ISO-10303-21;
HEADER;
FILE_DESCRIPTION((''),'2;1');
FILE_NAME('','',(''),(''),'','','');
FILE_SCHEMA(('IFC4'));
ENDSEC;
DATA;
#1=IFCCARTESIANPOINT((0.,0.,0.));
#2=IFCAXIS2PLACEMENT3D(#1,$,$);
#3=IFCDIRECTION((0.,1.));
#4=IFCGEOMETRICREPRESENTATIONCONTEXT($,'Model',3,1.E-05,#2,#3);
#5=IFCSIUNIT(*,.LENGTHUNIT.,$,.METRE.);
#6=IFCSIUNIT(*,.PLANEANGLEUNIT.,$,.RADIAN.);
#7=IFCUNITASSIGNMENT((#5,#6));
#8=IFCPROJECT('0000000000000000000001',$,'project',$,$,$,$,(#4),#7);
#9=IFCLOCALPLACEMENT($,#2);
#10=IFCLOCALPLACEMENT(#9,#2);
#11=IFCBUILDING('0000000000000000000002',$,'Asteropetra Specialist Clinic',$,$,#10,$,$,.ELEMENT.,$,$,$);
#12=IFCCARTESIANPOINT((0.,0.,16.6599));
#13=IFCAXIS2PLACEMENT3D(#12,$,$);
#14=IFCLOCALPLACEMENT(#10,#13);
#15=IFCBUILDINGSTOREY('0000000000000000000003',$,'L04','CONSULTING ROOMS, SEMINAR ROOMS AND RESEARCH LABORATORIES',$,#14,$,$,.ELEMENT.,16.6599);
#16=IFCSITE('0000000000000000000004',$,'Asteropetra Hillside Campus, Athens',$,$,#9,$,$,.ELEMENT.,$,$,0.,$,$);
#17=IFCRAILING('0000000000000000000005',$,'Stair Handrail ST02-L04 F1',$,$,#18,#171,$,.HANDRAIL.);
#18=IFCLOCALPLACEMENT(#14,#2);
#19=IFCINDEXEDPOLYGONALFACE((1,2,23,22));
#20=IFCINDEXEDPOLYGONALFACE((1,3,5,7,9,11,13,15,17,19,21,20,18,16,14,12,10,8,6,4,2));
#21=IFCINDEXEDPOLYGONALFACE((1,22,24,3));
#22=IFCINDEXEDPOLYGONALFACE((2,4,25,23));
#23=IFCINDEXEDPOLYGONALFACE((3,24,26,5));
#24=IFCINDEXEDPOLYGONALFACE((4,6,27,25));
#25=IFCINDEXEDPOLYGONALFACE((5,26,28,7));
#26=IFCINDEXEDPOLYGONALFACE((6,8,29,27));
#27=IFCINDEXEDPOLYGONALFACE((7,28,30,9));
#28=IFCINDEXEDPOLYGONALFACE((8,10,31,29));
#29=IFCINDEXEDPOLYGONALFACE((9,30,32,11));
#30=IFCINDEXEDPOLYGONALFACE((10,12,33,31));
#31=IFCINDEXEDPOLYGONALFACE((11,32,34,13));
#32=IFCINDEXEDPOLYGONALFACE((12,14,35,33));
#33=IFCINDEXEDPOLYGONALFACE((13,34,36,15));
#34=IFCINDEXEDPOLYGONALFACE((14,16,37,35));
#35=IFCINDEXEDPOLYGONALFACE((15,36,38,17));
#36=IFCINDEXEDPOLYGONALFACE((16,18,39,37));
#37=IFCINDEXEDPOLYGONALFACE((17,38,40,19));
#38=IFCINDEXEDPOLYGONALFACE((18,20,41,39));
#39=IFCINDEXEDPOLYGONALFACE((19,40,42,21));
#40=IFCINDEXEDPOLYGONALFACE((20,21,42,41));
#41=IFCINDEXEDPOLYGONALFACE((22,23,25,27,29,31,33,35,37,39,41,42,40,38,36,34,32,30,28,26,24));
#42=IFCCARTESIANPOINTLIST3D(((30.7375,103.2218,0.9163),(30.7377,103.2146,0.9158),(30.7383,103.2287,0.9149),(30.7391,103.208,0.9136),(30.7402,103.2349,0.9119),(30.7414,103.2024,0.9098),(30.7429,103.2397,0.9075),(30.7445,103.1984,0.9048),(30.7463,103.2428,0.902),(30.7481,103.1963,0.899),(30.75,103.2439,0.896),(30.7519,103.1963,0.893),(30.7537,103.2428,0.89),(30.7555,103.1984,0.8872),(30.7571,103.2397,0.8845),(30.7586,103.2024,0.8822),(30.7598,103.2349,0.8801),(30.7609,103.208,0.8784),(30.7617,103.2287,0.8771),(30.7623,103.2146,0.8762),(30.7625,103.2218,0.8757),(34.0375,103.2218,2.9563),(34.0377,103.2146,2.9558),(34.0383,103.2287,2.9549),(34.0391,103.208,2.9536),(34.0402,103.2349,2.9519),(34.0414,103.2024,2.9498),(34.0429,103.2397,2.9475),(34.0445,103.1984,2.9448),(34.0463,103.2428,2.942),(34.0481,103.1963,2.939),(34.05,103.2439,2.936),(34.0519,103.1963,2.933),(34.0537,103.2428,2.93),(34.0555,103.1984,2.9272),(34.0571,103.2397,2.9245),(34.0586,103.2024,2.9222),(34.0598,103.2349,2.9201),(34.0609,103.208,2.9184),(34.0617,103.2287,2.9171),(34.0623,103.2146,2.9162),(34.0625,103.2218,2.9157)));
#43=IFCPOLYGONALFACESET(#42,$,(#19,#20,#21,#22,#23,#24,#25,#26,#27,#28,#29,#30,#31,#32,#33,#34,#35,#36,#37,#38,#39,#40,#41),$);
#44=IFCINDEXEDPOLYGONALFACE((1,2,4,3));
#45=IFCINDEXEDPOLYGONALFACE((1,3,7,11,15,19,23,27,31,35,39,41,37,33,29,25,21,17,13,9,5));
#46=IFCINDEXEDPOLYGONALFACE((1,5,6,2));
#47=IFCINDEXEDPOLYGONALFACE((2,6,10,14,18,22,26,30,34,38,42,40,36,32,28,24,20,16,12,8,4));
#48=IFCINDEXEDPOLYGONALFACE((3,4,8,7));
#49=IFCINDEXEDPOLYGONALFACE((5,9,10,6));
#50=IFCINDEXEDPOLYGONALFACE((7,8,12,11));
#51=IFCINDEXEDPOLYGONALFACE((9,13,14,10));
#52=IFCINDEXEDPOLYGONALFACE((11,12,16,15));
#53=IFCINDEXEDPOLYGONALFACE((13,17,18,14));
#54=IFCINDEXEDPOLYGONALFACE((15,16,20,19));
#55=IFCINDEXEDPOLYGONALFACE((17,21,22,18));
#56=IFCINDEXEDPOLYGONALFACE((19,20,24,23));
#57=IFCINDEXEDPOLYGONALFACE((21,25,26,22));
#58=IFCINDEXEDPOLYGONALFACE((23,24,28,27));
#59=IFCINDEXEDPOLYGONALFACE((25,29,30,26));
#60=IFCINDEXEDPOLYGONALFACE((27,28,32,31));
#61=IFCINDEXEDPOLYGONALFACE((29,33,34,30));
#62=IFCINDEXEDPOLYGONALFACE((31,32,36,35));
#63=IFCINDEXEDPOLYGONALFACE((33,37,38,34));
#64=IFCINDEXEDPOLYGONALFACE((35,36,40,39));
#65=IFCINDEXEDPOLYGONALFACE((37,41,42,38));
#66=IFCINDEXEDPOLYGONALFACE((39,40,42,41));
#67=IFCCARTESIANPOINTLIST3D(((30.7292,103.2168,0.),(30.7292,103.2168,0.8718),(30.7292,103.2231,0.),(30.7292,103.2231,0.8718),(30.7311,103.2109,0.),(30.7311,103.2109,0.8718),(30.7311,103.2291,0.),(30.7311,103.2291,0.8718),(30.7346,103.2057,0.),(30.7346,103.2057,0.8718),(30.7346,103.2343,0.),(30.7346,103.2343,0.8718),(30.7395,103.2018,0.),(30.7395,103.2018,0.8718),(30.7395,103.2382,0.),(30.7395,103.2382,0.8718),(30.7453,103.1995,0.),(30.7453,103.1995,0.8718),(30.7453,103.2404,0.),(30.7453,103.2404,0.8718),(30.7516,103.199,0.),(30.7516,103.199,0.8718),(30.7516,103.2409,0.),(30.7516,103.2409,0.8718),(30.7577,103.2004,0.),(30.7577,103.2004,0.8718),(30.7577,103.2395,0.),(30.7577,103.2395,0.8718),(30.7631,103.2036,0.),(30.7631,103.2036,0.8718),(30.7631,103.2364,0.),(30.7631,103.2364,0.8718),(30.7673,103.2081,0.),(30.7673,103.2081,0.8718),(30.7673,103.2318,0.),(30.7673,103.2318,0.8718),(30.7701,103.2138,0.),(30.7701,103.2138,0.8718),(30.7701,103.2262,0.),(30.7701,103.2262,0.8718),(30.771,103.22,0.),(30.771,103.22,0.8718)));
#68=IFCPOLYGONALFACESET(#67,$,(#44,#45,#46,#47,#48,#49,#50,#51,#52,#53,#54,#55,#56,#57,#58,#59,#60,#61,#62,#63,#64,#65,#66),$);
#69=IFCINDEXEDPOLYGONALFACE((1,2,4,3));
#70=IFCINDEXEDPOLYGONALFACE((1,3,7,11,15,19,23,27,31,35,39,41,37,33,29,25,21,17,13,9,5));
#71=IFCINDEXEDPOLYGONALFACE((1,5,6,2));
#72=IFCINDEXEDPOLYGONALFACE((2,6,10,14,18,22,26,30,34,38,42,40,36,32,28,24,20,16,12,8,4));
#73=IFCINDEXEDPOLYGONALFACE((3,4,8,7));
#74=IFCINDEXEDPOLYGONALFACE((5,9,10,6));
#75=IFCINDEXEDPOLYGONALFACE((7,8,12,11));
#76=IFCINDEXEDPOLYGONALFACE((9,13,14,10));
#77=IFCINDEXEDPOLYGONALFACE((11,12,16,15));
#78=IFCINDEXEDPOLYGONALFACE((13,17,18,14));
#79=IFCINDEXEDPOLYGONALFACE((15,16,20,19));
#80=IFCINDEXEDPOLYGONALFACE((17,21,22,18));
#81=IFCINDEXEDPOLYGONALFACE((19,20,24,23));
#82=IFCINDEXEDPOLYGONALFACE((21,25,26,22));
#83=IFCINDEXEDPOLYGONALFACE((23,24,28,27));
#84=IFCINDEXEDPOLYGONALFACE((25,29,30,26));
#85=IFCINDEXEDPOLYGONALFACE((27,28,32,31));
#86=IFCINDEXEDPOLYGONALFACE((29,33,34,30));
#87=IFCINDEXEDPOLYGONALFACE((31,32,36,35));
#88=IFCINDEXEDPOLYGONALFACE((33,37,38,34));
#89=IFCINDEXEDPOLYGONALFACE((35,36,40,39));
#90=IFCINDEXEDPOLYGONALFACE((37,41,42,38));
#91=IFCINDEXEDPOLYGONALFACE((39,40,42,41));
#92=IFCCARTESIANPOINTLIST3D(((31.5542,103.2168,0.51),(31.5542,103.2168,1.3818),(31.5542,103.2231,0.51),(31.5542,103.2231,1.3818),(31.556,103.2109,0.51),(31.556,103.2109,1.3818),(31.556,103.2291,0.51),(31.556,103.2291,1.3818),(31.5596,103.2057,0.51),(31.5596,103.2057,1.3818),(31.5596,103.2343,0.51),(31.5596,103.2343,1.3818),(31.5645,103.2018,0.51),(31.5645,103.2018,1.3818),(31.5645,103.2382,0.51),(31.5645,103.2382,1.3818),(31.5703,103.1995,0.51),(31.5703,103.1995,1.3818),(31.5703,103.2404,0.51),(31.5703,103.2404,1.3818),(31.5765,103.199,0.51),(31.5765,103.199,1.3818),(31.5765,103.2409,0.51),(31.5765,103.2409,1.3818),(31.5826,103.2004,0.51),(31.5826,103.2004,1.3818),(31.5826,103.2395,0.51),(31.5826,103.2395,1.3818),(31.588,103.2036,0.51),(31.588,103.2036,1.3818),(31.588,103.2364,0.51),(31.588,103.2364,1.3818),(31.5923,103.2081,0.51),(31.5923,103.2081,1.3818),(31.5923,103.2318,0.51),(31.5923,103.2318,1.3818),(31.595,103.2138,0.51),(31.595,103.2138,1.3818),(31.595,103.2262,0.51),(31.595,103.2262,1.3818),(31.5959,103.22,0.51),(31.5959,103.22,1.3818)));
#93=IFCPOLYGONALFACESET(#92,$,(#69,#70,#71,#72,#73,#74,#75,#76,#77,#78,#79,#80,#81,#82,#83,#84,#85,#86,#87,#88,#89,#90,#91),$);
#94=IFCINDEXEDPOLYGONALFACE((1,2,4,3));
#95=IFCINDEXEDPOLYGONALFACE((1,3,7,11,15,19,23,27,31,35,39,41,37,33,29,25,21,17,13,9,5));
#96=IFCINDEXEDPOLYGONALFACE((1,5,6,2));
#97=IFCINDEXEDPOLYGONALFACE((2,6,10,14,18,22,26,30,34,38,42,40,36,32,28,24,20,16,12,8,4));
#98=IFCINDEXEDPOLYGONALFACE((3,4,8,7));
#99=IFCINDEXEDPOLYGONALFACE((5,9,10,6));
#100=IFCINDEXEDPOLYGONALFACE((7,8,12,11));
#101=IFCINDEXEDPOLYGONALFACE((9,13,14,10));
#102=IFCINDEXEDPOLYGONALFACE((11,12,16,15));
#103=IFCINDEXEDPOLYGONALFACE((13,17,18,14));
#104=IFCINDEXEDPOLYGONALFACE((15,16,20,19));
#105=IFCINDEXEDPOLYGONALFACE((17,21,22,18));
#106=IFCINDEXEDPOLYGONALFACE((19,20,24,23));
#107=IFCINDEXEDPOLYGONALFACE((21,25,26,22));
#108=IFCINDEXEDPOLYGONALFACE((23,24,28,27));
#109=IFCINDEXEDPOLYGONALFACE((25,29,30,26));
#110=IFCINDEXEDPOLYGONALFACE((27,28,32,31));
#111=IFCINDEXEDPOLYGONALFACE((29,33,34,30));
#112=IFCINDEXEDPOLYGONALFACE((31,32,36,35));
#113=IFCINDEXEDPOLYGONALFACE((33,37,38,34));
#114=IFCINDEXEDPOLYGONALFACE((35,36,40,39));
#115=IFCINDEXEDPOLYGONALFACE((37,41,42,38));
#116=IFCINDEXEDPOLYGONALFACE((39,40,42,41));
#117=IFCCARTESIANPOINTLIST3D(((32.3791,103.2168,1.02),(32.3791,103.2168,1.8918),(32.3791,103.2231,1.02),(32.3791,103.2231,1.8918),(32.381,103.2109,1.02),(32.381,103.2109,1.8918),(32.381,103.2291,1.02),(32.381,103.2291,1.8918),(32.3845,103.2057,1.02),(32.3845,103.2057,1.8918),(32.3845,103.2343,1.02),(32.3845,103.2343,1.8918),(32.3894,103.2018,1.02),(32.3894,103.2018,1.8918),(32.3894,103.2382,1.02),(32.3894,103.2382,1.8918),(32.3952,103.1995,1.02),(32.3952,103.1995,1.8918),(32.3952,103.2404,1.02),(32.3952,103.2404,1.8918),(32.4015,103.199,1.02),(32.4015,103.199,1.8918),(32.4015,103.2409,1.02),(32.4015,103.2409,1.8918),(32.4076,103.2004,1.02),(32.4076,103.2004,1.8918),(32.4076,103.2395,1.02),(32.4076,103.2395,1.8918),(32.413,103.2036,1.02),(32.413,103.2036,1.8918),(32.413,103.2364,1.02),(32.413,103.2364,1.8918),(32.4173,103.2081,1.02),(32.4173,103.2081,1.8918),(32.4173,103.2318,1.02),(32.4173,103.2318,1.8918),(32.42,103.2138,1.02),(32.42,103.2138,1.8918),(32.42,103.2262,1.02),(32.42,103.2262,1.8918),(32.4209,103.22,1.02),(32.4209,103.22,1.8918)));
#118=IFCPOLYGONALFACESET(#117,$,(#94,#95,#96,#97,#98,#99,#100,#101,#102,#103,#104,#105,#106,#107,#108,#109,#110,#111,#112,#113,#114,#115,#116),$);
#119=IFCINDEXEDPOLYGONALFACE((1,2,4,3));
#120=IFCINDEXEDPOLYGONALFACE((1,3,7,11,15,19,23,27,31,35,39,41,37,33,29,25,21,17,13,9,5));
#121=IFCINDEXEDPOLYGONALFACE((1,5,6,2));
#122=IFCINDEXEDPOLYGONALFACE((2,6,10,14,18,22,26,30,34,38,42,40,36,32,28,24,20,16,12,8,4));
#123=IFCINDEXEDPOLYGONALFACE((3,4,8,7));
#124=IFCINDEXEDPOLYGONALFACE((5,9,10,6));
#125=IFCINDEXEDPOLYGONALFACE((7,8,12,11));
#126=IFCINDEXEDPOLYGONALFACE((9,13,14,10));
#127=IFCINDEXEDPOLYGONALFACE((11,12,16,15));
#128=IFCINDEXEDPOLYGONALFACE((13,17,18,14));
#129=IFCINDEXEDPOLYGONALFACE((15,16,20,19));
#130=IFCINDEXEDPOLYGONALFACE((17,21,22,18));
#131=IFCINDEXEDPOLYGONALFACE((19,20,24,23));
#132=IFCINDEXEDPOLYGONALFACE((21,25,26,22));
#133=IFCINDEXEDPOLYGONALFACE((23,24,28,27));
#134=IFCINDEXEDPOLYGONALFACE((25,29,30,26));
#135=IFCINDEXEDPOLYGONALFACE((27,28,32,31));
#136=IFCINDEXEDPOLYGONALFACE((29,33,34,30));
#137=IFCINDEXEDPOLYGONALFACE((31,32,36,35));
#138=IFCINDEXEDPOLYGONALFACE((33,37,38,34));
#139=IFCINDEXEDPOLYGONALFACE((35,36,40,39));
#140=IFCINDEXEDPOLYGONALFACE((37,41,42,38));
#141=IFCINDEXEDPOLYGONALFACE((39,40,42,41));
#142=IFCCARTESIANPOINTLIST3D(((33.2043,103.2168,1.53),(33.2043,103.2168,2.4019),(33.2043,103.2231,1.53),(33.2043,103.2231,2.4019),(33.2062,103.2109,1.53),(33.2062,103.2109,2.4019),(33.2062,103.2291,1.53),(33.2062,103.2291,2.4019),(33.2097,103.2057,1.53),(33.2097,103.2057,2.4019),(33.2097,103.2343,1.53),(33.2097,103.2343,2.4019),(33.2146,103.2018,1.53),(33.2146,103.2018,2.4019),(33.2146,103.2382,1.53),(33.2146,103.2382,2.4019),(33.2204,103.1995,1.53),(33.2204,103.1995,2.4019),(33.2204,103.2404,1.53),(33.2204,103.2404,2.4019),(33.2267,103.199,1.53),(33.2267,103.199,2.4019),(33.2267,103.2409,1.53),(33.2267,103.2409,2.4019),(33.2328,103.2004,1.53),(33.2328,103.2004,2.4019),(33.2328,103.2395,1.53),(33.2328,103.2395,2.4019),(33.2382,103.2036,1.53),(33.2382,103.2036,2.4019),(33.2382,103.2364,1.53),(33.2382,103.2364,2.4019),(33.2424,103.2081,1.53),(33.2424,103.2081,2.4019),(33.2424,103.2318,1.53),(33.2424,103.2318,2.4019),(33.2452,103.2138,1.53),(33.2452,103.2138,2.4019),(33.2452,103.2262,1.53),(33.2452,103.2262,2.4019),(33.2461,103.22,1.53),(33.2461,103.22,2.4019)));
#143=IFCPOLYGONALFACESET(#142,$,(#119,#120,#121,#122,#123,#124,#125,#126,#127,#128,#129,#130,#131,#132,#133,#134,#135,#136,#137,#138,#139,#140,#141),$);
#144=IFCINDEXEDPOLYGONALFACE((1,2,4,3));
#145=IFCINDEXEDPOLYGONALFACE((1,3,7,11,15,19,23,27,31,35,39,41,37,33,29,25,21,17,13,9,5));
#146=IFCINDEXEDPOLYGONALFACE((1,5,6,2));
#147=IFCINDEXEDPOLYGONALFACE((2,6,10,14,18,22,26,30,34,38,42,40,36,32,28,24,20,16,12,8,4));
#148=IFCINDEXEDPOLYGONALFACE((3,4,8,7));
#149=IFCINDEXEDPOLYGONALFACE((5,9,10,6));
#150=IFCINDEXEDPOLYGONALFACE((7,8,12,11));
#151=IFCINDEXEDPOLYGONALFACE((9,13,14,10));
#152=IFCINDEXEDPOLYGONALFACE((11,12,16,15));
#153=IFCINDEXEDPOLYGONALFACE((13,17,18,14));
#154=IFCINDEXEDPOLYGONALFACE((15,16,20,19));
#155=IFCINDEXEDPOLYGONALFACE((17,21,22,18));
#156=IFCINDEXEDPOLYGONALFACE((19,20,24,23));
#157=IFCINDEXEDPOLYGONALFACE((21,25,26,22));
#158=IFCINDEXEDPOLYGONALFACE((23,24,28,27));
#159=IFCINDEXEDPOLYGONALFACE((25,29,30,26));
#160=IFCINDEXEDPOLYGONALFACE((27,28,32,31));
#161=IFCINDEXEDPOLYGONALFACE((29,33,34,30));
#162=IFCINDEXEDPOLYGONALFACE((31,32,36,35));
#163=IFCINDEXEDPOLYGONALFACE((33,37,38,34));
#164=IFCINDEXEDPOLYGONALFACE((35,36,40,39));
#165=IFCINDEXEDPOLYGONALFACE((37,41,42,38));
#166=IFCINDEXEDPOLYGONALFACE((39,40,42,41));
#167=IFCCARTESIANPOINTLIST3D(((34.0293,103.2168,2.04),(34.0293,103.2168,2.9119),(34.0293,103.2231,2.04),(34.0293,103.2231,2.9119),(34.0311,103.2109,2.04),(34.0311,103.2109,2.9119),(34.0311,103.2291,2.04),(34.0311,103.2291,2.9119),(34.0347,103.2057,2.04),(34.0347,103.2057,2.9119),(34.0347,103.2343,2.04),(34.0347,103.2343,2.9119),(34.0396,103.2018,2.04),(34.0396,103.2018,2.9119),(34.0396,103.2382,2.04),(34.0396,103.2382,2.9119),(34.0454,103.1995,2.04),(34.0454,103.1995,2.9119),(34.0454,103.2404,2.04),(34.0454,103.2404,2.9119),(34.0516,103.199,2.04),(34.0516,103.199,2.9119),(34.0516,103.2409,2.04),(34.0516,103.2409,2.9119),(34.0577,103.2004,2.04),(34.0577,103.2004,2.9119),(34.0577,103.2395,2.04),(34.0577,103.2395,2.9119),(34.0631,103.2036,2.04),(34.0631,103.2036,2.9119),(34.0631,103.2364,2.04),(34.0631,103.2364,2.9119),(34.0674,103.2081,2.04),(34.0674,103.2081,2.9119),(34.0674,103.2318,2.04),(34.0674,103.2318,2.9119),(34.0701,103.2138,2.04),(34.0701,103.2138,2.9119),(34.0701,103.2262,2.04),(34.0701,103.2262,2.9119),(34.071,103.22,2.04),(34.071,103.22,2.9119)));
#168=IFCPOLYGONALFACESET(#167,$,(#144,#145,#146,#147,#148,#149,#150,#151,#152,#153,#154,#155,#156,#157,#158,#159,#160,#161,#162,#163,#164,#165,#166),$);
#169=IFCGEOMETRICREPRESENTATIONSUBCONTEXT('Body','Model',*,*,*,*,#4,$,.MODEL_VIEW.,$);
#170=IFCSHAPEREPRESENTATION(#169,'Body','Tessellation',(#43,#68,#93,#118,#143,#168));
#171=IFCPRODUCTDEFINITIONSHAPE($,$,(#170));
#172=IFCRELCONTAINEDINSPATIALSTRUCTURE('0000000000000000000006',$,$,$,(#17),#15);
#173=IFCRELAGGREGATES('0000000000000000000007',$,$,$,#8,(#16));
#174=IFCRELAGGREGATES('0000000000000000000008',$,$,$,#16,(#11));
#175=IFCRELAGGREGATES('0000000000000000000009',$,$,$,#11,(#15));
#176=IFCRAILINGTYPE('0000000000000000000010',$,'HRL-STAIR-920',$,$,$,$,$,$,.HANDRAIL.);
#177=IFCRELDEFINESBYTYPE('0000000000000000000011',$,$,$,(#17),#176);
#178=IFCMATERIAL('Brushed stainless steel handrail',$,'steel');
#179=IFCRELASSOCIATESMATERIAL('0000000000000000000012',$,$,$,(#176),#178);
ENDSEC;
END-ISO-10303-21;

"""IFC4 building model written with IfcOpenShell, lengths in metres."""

from ifc_helpers import new_model, si_unit, direction, frame, origin, origin_2d, place, context, subcontext, project, spatial, circle, extrude, material, type_object, element, save


model = new_model("IFC4")

# Units and contexts
model_context = context("Model", 3, precision=1e-05, world=origin(), true_north=direction((0.0, 1.0)))
body_context = subcontext(model_context, "Body", "Model", "MODEL_VIEW")
ifc_project = project(units=[si_unit("LENGTHUNIT", "METRE"), si_unit("PLANEANGLEUNIT", "RADIAN")], contexts=[model_context])

# Site, building, storey
site_placement = place(None, origin())
site = spatial("IfcSite", under=ifc_project, at=site_placement, Name="Asteropetra Hillside Campus, Athens", CompositionType="ELEMENT", RefElevation=0.0)
building_placement = place(site_placement, origin())
building = spatial("IfcBuilding", under=site, at=building_placement, Name="Asteropetra Specialist Clinic", CompositionType="ELEMENT")
storey_placement = place(building_placement, frame((0.0, 0.0, 16.6599)))
storey = spatial("IfcBuildingStorey", under=building, at=storey_placement, Name="L04", Description="CONSULTING ROOMS, SEMINAR ROOMS AND RESEARCH LABORATORIES", CompositionType="ELEMENT", Elevation=16.6599)

# Railing
ifc_material_1 = material(Name="Brushed stainless steel handrail", Category="steel")
railing_type_1 = type_object("IfcRailingType", Name="HRL-STAIR-920", PredefinedType="HANDRAIL", material=ifc_material_1)
railing_1_placement = place(storey_placement, frame((30.75, 103.22, 0.0)))
element("IfcRailing", 1, at=railing_1_placement, inside=storey, type_object=railing_type_1, Name="Stair Handrail ST02-L04 F1", PredefinedType="HANDRAIL", context=body_context, shape_type="SweptSolid", body=[
    extrude(circle(Radius=0.0239, at=origin_2d()), frame((0.0, 0.0, 0.896), z_axis=(0.850594, 0.0, 0.525824), x_axis=(0.0, 1.0, 0.0)), (0.0, 0.0, 1.0), 3.8796),
    extrude(circle(Radius=0.021, at=origin_2d()), origin(), (0.0, 0.0, 1.0), 0.8718),
    extrude(circle(Radius=0.021, at=origin_2d()), frame((0.825, 0.0, 0.51)), (0.0, 0.0, 1.0), 0.8718),
    extrude(circle(Radius=0.021, at=origin_2d()), frame((1.6499, 0.0, 1.02)), (0.0, 0.0, 1.0), 0.8718),
    extrude(circle(Radius=0.021, at=origin_2d()), frame((2.4751, 0.0, 1.53)), (0.0, 0.0, 1.0), 0.8718),
    extrude(circle(Radius=0.021, at=origin_2d()), frame((3.3, 0.0, 2.04)), (0.0, 0.0, 1.0), 0.8718),
])

save(model, "model.ifc")
